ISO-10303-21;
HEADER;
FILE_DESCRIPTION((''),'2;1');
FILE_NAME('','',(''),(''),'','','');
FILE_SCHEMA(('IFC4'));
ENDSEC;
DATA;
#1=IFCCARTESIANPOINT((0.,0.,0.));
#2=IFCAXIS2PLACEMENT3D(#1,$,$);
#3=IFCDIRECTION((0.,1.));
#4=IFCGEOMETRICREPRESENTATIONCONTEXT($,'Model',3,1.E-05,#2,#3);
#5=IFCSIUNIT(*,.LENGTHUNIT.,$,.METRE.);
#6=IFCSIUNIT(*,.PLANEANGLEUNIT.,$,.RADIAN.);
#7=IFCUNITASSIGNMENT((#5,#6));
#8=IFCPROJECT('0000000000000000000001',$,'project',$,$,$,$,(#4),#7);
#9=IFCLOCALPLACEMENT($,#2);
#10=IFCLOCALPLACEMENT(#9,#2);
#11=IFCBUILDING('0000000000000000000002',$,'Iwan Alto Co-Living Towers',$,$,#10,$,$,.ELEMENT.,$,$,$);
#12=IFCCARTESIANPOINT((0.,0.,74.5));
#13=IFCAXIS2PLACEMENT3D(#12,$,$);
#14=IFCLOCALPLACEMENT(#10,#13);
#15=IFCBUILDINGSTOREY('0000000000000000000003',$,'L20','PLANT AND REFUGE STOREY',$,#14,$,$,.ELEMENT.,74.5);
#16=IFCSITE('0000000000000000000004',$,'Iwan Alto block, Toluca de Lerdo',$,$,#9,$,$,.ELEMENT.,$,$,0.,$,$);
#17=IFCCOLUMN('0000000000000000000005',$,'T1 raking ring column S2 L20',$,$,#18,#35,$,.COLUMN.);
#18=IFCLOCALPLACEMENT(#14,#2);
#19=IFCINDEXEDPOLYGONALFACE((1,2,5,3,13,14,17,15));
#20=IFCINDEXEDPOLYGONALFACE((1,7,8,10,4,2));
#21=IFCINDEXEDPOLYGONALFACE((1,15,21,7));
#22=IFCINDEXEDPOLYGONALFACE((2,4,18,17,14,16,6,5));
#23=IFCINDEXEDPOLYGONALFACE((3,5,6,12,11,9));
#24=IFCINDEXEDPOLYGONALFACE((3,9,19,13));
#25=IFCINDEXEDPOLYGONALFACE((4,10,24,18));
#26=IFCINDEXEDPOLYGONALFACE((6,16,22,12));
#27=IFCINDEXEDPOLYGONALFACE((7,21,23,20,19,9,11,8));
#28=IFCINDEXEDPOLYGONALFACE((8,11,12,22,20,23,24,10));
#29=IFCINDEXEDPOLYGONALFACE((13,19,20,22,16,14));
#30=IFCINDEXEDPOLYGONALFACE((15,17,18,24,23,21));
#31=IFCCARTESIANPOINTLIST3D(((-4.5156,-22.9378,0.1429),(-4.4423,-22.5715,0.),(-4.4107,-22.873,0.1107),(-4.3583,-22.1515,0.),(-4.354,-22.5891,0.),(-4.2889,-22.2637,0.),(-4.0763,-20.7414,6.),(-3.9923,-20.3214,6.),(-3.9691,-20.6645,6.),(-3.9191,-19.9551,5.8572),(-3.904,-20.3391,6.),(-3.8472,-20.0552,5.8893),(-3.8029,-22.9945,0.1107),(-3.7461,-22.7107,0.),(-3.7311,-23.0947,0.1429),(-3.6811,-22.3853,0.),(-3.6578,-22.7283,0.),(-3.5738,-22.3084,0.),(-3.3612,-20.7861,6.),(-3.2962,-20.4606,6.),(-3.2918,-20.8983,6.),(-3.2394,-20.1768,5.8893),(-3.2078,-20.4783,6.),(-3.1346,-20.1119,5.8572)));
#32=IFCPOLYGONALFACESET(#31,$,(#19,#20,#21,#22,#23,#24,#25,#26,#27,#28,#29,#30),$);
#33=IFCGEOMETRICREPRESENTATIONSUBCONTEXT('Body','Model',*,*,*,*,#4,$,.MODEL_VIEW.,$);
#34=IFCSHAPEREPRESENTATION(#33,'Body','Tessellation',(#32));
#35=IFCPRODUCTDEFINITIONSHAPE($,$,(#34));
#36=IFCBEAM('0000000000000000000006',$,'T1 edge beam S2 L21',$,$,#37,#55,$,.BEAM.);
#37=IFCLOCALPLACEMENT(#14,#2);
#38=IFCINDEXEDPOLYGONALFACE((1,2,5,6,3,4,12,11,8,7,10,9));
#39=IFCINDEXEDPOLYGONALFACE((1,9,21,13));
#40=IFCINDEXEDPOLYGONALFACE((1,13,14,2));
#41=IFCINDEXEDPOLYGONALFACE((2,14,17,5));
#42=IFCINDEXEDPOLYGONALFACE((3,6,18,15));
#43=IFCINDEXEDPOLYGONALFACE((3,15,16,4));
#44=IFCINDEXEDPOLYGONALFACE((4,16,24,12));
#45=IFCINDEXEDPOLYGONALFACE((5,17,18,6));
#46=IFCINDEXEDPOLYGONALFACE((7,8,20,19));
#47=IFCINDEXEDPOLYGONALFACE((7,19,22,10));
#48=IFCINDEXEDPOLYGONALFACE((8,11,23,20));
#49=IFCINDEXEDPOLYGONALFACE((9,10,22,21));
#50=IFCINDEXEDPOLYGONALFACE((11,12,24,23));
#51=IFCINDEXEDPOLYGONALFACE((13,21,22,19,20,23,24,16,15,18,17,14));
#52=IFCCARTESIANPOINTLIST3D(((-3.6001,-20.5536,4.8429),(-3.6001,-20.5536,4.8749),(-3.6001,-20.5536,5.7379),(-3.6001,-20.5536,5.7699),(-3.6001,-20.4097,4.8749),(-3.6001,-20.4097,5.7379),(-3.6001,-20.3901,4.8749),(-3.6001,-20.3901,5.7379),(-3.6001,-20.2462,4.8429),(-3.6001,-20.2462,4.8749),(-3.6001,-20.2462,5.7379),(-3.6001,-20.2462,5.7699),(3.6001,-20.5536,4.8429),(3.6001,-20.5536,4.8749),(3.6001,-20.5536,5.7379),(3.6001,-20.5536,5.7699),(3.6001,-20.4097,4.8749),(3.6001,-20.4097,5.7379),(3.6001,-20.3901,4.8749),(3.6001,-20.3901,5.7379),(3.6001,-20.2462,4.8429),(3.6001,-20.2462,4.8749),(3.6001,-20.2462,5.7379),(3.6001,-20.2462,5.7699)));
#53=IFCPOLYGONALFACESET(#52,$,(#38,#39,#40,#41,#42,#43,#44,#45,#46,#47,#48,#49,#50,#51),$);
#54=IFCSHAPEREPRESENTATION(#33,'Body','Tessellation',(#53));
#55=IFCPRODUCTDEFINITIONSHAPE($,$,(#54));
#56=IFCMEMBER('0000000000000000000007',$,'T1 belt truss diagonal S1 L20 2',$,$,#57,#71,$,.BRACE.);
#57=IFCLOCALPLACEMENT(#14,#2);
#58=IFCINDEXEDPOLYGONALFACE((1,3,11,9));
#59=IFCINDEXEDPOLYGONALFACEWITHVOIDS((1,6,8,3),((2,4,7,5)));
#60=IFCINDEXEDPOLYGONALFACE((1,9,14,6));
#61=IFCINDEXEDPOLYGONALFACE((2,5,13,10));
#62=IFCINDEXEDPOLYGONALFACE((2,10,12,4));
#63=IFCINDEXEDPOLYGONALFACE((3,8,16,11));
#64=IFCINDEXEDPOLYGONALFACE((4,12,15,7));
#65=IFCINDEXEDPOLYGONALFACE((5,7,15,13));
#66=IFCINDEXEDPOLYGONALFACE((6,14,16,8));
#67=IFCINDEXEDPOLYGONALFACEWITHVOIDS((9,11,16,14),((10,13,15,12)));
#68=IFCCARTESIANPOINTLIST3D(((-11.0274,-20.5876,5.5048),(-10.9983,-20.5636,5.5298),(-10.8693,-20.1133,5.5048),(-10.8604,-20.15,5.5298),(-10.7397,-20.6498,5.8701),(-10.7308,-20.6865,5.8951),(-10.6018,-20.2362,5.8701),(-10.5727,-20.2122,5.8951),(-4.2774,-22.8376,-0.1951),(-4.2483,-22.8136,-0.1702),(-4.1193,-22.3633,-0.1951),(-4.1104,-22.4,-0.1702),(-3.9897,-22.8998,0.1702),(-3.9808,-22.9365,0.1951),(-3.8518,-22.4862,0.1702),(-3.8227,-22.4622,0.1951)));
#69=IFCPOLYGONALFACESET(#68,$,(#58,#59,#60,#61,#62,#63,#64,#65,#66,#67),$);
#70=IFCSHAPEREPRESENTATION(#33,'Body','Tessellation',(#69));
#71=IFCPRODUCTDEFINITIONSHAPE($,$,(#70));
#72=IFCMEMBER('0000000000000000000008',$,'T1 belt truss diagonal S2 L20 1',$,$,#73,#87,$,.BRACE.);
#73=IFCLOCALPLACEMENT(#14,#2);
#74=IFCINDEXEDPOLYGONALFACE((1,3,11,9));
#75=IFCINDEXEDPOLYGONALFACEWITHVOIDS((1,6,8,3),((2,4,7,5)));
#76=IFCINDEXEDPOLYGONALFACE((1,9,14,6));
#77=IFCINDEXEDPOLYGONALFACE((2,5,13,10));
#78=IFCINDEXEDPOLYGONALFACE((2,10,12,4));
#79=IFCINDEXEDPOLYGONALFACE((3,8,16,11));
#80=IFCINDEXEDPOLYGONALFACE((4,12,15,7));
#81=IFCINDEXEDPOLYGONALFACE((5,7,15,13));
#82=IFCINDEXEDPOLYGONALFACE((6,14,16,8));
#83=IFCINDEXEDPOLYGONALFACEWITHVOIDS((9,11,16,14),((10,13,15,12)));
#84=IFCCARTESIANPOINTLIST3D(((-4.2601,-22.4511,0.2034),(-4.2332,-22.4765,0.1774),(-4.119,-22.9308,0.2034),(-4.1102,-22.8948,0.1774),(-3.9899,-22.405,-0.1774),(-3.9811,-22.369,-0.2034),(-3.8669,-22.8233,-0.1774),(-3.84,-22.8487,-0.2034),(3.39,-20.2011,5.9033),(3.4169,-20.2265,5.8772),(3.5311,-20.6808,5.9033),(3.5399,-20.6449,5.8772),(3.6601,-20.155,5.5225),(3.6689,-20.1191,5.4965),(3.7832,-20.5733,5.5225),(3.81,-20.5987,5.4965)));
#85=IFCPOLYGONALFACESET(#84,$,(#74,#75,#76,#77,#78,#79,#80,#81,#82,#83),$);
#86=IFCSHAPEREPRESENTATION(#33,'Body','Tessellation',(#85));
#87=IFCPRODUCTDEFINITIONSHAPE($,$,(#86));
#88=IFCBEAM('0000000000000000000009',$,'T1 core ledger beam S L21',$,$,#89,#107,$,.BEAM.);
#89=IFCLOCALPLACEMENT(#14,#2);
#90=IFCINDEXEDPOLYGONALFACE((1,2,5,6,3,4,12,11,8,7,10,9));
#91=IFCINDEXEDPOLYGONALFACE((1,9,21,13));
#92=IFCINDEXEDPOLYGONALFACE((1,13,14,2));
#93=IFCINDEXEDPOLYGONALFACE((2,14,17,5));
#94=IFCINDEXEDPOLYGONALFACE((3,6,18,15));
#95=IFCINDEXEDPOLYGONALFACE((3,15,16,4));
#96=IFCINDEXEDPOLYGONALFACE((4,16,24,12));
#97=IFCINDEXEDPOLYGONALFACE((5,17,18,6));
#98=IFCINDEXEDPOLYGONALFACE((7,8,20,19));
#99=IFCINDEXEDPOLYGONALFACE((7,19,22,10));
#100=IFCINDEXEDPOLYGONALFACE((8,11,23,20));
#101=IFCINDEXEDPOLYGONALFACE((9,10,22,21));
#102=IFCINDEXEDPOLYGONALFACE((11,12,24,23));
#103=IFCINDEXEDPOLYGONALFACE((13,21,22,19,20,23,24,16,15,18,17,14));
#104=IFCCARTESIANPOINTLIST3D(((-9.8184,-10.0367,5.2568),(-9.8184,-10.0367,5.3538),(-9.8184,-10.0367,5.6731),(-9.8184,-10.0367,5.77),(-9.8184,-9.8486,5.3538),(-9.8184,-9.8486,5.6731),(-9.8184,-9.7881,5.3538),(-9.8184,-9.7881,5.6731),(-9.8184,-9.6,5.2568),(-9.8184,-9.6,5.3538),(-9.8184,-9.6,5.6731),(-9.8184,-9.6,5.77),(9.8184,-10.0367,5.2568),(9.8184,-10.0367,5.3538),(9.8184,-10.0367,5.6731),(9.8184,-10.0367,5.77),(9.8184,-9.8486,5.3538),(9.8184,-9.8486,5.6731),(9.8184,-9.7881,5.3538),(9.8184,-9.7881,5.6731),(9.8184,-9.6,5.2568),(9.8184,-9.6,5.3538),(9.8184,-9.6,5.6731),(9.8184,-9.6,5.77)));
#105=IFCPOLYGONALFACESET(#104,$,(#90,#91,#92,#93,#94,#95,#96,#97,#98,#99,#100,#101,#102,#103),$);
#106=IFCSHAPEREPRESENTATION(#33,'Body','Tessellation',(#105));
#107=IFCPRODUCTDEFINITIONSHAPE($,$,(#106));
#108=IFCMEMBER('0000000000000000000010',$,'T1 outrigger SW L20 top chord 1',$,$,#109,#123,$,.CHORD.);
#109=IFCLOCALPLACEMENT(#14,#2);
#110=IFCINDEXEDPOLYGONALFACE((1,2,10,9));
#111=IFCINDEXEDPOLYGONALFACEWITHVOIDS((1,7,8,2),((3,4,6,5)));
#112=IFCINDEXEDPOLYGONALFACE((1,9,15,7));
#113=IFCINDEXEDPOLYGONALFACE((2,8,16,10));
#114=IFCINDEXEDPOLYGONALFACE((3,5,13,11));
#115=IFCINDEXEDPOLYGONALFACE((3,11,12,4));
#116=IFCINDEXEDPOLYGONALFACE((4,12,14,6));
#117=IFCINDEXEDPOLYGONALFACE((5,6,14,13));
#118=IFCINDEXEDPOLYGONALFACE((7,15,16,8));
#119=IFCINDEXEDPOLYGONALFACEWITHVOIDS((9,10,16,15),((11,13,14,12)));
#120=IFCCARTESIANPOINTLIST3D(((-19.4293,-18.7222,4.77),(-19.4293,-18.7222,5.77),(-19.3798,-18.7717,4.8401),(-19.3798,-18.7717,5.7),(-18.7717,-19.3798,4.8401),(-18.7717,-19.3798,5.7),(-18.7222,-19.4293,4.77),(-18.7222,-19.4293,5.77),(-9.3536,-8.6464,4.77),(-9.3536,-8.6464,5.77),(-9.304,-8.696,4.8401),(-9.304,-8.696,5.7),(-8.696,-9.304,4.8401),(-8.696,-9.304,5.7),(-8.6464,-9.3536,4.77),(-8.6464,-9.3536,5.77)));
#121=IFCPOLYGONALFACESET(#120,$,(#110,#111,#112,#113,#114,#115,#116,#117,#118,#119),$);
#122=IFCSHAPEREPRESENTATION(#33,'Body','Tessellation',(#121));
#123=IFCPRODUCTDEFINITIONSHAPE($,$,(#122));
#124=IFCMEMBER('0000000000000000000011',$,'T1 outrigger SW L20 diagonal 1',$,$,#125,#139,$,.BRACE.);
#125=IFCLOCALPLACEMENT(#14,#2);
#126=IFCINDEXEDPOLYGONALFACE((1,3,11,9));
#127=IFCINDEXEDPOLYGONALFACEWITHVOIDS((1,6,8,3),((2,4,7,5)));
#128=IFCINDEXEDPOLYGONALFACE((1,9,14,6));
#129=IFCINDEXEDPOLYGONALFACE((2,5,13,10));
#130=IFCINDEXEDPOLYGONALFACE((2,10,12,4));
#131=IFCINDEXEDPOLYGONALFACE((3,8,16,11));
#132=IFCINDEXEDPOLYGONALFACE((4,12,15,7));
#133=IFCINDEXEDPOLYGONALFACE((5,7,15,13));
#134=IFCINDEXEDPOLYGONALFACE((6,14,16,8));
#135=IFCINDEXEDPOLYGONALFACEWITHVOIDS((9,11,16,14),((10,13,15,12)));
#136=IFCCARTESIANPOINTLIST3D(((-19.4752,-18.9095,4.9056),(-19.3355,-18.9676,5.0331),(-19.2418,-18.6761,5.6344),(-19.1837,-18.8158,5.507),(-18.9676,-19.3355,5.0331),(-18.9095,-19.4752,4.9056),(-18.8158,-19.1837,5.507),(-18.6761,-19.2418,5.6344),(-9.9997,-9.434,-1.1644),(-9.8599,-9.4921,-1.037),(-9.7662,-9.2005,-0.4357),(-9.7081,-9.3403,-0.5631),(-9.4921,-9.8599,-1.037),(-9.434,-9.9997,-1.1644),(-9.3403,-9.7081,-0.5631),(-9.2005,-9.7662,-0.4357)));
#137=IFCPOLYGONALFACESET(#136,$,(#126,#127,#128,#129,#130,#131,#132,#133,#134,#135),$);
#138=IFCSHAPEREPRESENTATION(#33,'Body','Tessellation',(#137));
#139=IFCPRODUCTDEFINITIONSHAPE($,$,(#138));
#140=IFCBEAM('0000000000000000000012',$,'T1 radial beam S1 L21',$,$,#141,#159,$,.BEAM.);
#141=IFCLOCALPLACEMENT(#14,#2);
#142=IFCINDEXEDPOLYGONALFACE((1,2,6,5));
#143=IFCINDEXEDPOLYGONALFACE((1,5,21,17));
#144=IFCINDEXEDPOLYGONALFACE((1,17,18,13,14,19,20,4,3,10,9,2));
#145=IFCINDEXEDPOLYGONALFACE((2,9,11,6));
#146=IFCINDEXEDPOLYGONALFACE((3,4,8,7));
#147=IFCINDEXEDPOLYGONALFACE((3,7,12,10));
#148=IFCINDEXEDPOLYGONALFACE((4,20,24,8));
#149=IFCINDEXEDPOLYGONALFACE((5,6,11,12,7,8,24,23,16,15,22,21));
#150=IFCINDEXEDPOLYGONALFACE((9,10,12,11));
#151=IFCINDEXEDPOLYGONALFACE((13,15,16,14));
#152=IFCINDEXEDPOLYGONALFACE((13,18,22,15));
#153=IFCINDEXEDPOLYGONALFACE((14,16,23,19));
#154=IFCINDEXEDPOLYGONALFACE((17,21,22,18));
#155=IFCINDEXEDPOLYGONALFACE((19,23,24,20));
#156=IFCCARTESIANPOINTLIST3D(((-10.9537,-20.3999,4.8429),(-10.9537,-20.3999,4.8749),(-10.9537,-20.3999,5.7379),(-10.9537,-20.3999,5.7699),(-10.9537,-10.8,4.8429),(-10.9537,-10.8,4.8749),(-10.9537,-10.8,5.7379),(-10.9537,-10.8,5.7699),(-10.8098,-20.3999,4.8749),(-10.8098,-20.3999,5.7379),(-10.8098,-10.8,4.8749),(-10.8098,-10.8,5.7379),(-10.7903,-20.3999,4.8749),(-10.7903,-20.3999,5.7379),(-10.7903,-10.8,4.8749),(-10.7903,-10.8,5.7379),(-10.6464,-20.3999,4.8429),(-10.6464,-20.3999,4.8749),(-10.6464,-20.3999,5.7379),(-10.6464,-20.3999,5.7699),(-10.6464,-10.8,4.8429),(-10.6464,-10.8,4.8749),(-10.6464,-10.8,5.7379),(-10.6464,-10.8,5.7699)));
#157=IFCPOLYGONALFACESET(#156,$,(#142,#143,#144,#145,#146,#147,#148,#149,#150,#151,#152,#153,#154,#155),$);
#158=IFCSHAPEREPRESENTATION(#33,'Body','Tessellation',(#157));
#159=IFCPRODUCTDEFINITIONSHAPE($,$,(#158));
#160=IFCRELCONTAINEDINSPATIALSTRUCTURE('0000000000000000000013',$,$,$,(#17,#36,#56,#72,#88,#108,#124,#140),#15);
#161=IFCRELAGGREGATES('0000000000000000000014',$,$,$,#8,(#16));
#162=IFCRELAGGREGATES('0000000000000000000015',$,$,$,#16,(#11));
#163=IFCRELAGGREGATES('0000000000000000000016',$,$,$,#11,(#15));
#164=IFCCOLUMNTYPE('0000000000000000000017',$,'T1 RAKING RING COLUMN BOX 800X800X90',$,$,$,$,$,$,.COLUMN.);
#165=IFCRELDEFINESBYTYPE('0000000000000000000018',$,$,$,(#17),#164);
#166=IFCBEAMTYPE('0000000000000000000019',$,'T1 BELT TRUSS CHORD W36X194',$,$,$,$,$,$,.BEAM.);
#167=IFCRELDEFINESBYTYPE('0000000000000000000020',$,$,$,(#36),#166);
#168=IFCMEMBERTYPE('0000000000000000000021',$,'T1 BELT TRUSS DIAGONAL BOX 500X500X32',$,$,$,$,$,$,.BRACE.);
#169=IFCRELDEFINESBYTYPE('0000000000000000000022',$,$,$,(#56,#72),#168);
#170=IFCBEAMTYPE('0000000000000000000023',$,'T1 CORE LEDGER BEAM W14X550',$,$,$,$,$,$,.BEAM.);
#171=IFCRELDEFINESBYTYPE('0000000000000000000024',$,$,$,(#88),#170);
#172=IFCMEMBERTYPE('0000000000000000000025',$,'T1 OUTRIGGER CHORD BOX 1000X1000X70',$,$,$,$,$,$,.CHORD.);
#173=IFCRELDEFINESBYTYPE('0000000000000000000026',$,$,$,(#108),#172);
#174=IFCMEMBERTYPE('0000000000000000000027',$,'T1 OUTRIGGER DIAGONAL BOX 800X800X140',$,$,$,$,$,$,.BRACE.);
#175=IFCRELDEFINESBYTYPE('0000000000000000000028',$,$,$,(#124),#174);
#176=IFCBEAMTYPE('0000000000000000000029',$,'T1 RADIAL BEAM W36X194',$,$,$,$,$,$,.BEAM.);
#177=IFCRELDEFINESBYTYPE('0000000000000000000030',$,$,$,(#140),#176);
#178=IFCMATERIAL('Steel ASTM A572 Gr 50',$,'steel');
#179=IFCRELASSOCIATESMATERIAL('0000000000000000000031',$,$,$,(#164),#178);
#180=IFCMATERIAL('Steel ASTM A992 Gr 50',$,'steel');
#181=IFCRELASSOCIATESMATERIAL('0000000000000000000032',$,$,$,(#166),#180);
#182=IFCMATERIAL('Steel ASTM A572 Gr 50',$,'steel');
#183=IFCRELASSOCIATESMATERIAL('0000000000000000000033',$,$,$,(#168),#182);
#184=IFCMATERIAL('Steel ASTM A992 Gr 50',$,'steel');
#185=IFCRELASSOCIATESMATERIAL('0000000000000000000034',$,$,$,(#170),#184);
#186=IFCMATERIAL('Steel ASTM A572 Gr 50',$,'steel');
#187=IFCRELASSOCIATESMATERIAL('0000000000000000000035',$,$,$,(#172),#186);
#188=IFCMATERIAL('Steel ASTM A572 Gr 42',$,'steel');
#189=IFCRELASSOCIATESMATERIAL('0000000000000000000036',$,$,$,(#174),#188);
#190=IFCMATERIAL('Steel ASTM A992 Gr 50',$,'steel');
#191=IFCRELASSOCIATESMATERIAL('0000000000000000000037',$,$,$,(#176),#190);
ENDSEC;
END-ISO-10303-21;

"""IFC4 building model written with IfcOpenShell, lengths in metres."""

from ifc_helpers import new_model, si_unit, direction, frame, origin, origin_2d, place, context, subcontext, project, spatial, hollow_rectangle, i_section, extrude, clip, halfspace, material, material_profile, profile_set, type_object, element, save


model = new_model("IFC4")

# Units and contexts
model_context = context("Model", 3, precision=1e-05, world=origin(), true_north=direction((0.0, 1.0)))
body_context = subcontext(model_context, "Body", "Model", "MODEL_VIEW")
ifc_project = project(units=[si_unit("LENGTHUNIT", "METRE"), si_unit("PLANEANGLEUNIT", "RADIAN")], contexts=[model_context])

# Site, building, storey
site_placement = place(None, origin())
site = spatial("IfcSite", under=ifc_project, at=site_placement, Name="Iwan Alto block, Toluca de Lerdo", CompositionType="ELEMENT", RefElevation=0.0)
building_placement = place(site_placement, origin())
building = spatial("IfcBuilding", under=site, at=building_placement, Name="Iwan Alto Co-Living Towers", CompositionType="ELEMENT")
storey_placement = place(building_placement, frame((0.0, 0.0, 74.5)))
storey = spatial("IfcBuildingStorey", under=building, at=storey_placement, Name="L20", Description="PLANT AND REFUGE STOREY", CompositionType="ELEMENT", Elevation=74.5)

# Column
ifc_material_1 = material(Name="Steel ASTM A572 Gr 50", Category="steel")
ifc_material_profile_1 = material_profile(ifc_material_1, hollow_rectangle(XDim=0.8, YDim=0.8, WallThickness=0.0901, at=origin_2d()), Name="BOX 800X800X90")
ifc_profile_set_1 = profile_set([ifc_material_profile_1], Name="Steel ASTM A572 Gr 50")
column_type = type_object("IfcColumnType", Name="T1 RAKING RING COLUMN BOX 800X800X90", PredefinedType="COLUMN", material=ifc_profile_set_1)
column_placement = place(storey_placement, frame((-4.05, -22.6499, 0.0), z_axis=(0.070045, 0.350261, 0.934029), x_axis=(-0.980585, 0.196096, 0.0)))
element("IfcColumn", 1, at=column_placement, inside=storey, type_object=column_type, Name="T1 raking ring column S2 L20", PredefinedType="COLUMN", context=body_context, shape_type="Clipping", body=[
    clip(clip(extrude(hollow_rectangle(XDim=0.8, YDim=0.8, WallThickness=0.0901, at=origin_2d()), origin(), (0.0, 0.0, 1.0), 6.4238), halfspace(frame((0.0, 0.0, 0.0), z_axis=(0.0, -0.357196, -0.934029), x_axis=(-0.980585, -0.183159, 0.070045)), False)), halfspace(frame((0.0, 2.1431, 5.6042), z_axis=(0.0, 0.357196, 0.934029), x_axis=(-0.980585, -0.183159, 0.070045)), False)),
])

# Beam
ifc_material_2 = material(Name="Steel ASTM A992 Gr 50", Category="steel")
ifc_material_profile_2 = material_profile(ifc_material_2, i_section(OverallWidth=0.3074, OverallDepth=0.927, WebThickness=0.0195, FlangeThickness=0.032, at=origin_2d()), Name="W36X194")
ifc_profile_set_2 = profile_set([ifc_material_profile_2], Name="Steel ASTM A992 Gr 50")
beam_type_1 = type_object("IfcBeamType", Name="T1 BELT TRUSS CHORD W36X194", PredefinedType="BEAM", material=ifc_profile_set_2)
beam_1_placement = place(storey_placement, frame((-3.6001, -20.3999, 5.3064), z_axis=(1.0, 0.0, 0.0), x_axis=(0.0, 1.0, 0.0)))
element("IfcBeam", 2, at=beam_1_placement, inside=storey, type_object=beam_type_1, Name="T1 edge beam S2 L21", PredefinedType="BEAM", context=body_context, shape_type="SweptSolid", body=[
    extrude(i_section(OverallWidth=0.3074, OverallDepth=0.927, WebThickness=0.0195, FlangeThickness=0.032, at=origin_2d()), origin(), (0.0, 0.0, 1.0), 7.2002),
])

# Members
ifc_material_3 = material(Name="Steel ASTM A572 Gr 50", Category="steel")
ifc_material_profile_3 = material_profile(ifc_material_3, hollow_rectangle(XDim=0.5, YDim=0.5, WallThickness=0.032, at=origin_2d()), Name="BOX 500X500X32")
ifc_profile_set_3 = profile_set([ifc_material_profile_3], Name="Steel ASTM A572 Gr 50")
member_type_1 = type_object("IfcMemberType", Name="T1 BELT TRUSS DIAGONAL BOX 500X500X32", PredefinedType="BRACE", material=ifc_profile_set_3)
member_1_placement = place(storey_placement, frame((-4.05, -22.6499, 0.0), z_axis=(-0.740398, 0.246799, 0.62522), x_axis=(-0.316228, -0.948683, 0.0)))
element("IfcMember", 3, at=member_1_placement, inside=storey, type_object=member_type_1, Name="T1 belt truss diagonal S1 L20 2", PredefinedType="BRACE", context=body_context, shape_type="SweptSolid", body=[
    extrude(hollow_rectangle(XDim=0.5, YDim=0.5, WallThickness=0.032, at=origin_2d()), origin(), (0.0, 0.0, 1.0), 9.1167),
])
member_2_placement = place(storey_placement, frame((-4.05, -22.6499, 0.0), z_axis=(0.780478, 0.229548, 0.581517), x_axis=(-0.282161, 0.959367, 0.0)))
element("IfcMember", 4, at=member_2_placement, inside=storey, type_object=member_type_1, Name="T1 belt truss diagonal S2 L20 1", PredefinedType="BRACE", context=body_context, shape_type="SweptSolid", body=[
    extrude(hollow_rectangle(XDim=0.5, YDim=0.5, WallThickness=0.032, at=origin_2d()), origin(), (0.0, 0.0, 1.0), 9.8018),
])

# Beam
ifc_material_4 = material(Name="Steel ASTM A992 Gr 50", Category="steel")
ifc_material_profile_4 = material_profile(ifc_material_4, i_section(OverallWidth=0.4368, OverallDepth=0.5132, WebThickness=0.0605, FlangeThickness=0.0969, at=origin_2d()), Name="W14X550")
ifc_profile_set_4 = profile_set([ifc_material_profile_4], Name="Steel ASTM A992 Gr 50")
beam_type_2 = type_object("IfcBeamType", Name="T1 CORE LEDGER BEAM W14X550", PredefinedType="BEAM", material=ifc_profile_set_4)
beam_2_placement = place(storey_placement, frame((-9.8184, -9.8184, 5.5134), z_axis=(1.0, 0.0, 0.0), x_axis=(0.0, 1.0, 0.0)))
element("IfcBeam", 5, at=beam_2_placement, inside=storey, type_object=beam_type_2, Name="T1 core ledger beam S L21", PredefinedType="BEAM", context=body_context, shape_type="SweptSolid", body=[
    extrude(i_section(OverallWidth=0.4368, OverallDepth=0.5132, WebThickness=0.0605, FlangeThickness=0.0969, at=origin_2d()), origin(), (0.0, 0.0, 1.0), 19.6367),
])

# Members
ifc_material_5 = material(Name="Steel ASTM A572 Gr 50", Category="steel")
ifc_material_profile_5 = material_profile(ifc_material_5, hollow_rectangle(XDim=1.0, YDim=1.0, WallThickness=0.0701, at=origin_2d()), Name="BOX 1000X1000X70")
ifc_profile_set_5 = profile_set([ifc_material_profile_5], Name="Steel ASTM A572 Gr 50")
member_type_2 = type_object("IfcMemberType", Name="T1 OUTRIGGER CHORD BOX 1000X1000X70", PredefinedType="CHORD", material=ifc_profile_set_5)
member_3_placement = place(storey_placement, frame((-9.0, -9.0, 5.27), z_axis=(-0.707107, -0.707107, 0.0), x_axis=(0.707107, -0.707107, 0.0)))
element("IfcMember", 6, at=member_3_placement, inside=storey, type_object=member_type_2, Name="T1 outrigger SW L20 top chord 1", PredefinedType="CHORD", context=body_context, shape_type="SweptSolid", body=[
    extrude(hollow_rectangle(XDim=1.0, YDim=1.0, WallThickness=0.0701, at=origin_2d()), origin(), (0.0, 0.0, 1.0), 14.2493),
])
ifc_material_6 = material(Name="Steel ASTM A572 Gr 42", Category="steel")
ifc_material_profile_6 = material_profile(ifc_material_6, hollow_rectangle(XDim=0.8, YDim=0.8, WallThickness=0.1399, at=origin_2d()), Name="BOX 800X800X140")
ifc_profile_set_6 = profile_set([ifc_material_profile_6], Name="Steel ASTM A572 Gr 42")
member_type_3 = type_object("IfcMemberType", Name="T1 OUTRIGGER DIAGONAL BOX 800X800X140", PredefinedType="BRACE", material=ifc_profile_set_6)
member_4_placement = place(storey_placement, frame((-9.6001, -9.6001, -0.8), z_axis=(-0.644107, -0.644107, 0.412616), x_axis=(0.707107, -0.707107, 0.0)))
element("IfcMember", 7, at=member_4_placement, inside=storey, type_object=member_type_3, Name="T1 outrigger SW L20 diagonal 1", PredefinedType="BRACE", context=body_context, shape_type="SweptSolid", body=[
    extrude(hollow_rectangle(XDim=0.8, YDim=0.8, WallThickness=0.1399, at=origin_2d()), origin(), (0.0, 0.0, 1.0), 14.7112),
])

# Beam
ifc_material_7 = material(Name="Steel ASTM A992 Gr 50", Category="steel")
ifc_material_profile_7 = material_profile(ifc_material_7, i_section(OverallWidth=0.3074, OverallDepth=0.927, WebThickness=0.0195, FlangeThickness=0.032, at=origin_2d()), Name="W36X194")
ifc_profile_set_7 = profile_set([ifc_material_profile_7], Name="Steel ASTM A992 Gr 50")
beam_type_3 = type_object("IfcBeamType", Name="T1 RADIAL BEAM W36X194", PredefinedType="BEAM", material=ifc_profile_set_7)
beam_3_placement = place(storey_placement, frame((-10.8, -20.3999, 5.3064), z_axis=(0.0, 1.0, 0.0), x_axis=(-1.0, 0.0, 0.0)))
element("IfcBeam", 8, at=beam_3_placement, inside=storey, type_object=beam_type_3, Name="T1 radial beam S1 L21", PredefinedType="BEAM", context=body_context, shape_type="SweptSolid", body=[
    extrude(i_section(OverallWidth=0.3074, OverallDepth=0.927, WebThickness=0.0195, FlangeThickness=0.032, at=origin_2d()), origin(), (0.0, 0.0, 1.0), 9.5999),
])

save(model, "model.ifc")
